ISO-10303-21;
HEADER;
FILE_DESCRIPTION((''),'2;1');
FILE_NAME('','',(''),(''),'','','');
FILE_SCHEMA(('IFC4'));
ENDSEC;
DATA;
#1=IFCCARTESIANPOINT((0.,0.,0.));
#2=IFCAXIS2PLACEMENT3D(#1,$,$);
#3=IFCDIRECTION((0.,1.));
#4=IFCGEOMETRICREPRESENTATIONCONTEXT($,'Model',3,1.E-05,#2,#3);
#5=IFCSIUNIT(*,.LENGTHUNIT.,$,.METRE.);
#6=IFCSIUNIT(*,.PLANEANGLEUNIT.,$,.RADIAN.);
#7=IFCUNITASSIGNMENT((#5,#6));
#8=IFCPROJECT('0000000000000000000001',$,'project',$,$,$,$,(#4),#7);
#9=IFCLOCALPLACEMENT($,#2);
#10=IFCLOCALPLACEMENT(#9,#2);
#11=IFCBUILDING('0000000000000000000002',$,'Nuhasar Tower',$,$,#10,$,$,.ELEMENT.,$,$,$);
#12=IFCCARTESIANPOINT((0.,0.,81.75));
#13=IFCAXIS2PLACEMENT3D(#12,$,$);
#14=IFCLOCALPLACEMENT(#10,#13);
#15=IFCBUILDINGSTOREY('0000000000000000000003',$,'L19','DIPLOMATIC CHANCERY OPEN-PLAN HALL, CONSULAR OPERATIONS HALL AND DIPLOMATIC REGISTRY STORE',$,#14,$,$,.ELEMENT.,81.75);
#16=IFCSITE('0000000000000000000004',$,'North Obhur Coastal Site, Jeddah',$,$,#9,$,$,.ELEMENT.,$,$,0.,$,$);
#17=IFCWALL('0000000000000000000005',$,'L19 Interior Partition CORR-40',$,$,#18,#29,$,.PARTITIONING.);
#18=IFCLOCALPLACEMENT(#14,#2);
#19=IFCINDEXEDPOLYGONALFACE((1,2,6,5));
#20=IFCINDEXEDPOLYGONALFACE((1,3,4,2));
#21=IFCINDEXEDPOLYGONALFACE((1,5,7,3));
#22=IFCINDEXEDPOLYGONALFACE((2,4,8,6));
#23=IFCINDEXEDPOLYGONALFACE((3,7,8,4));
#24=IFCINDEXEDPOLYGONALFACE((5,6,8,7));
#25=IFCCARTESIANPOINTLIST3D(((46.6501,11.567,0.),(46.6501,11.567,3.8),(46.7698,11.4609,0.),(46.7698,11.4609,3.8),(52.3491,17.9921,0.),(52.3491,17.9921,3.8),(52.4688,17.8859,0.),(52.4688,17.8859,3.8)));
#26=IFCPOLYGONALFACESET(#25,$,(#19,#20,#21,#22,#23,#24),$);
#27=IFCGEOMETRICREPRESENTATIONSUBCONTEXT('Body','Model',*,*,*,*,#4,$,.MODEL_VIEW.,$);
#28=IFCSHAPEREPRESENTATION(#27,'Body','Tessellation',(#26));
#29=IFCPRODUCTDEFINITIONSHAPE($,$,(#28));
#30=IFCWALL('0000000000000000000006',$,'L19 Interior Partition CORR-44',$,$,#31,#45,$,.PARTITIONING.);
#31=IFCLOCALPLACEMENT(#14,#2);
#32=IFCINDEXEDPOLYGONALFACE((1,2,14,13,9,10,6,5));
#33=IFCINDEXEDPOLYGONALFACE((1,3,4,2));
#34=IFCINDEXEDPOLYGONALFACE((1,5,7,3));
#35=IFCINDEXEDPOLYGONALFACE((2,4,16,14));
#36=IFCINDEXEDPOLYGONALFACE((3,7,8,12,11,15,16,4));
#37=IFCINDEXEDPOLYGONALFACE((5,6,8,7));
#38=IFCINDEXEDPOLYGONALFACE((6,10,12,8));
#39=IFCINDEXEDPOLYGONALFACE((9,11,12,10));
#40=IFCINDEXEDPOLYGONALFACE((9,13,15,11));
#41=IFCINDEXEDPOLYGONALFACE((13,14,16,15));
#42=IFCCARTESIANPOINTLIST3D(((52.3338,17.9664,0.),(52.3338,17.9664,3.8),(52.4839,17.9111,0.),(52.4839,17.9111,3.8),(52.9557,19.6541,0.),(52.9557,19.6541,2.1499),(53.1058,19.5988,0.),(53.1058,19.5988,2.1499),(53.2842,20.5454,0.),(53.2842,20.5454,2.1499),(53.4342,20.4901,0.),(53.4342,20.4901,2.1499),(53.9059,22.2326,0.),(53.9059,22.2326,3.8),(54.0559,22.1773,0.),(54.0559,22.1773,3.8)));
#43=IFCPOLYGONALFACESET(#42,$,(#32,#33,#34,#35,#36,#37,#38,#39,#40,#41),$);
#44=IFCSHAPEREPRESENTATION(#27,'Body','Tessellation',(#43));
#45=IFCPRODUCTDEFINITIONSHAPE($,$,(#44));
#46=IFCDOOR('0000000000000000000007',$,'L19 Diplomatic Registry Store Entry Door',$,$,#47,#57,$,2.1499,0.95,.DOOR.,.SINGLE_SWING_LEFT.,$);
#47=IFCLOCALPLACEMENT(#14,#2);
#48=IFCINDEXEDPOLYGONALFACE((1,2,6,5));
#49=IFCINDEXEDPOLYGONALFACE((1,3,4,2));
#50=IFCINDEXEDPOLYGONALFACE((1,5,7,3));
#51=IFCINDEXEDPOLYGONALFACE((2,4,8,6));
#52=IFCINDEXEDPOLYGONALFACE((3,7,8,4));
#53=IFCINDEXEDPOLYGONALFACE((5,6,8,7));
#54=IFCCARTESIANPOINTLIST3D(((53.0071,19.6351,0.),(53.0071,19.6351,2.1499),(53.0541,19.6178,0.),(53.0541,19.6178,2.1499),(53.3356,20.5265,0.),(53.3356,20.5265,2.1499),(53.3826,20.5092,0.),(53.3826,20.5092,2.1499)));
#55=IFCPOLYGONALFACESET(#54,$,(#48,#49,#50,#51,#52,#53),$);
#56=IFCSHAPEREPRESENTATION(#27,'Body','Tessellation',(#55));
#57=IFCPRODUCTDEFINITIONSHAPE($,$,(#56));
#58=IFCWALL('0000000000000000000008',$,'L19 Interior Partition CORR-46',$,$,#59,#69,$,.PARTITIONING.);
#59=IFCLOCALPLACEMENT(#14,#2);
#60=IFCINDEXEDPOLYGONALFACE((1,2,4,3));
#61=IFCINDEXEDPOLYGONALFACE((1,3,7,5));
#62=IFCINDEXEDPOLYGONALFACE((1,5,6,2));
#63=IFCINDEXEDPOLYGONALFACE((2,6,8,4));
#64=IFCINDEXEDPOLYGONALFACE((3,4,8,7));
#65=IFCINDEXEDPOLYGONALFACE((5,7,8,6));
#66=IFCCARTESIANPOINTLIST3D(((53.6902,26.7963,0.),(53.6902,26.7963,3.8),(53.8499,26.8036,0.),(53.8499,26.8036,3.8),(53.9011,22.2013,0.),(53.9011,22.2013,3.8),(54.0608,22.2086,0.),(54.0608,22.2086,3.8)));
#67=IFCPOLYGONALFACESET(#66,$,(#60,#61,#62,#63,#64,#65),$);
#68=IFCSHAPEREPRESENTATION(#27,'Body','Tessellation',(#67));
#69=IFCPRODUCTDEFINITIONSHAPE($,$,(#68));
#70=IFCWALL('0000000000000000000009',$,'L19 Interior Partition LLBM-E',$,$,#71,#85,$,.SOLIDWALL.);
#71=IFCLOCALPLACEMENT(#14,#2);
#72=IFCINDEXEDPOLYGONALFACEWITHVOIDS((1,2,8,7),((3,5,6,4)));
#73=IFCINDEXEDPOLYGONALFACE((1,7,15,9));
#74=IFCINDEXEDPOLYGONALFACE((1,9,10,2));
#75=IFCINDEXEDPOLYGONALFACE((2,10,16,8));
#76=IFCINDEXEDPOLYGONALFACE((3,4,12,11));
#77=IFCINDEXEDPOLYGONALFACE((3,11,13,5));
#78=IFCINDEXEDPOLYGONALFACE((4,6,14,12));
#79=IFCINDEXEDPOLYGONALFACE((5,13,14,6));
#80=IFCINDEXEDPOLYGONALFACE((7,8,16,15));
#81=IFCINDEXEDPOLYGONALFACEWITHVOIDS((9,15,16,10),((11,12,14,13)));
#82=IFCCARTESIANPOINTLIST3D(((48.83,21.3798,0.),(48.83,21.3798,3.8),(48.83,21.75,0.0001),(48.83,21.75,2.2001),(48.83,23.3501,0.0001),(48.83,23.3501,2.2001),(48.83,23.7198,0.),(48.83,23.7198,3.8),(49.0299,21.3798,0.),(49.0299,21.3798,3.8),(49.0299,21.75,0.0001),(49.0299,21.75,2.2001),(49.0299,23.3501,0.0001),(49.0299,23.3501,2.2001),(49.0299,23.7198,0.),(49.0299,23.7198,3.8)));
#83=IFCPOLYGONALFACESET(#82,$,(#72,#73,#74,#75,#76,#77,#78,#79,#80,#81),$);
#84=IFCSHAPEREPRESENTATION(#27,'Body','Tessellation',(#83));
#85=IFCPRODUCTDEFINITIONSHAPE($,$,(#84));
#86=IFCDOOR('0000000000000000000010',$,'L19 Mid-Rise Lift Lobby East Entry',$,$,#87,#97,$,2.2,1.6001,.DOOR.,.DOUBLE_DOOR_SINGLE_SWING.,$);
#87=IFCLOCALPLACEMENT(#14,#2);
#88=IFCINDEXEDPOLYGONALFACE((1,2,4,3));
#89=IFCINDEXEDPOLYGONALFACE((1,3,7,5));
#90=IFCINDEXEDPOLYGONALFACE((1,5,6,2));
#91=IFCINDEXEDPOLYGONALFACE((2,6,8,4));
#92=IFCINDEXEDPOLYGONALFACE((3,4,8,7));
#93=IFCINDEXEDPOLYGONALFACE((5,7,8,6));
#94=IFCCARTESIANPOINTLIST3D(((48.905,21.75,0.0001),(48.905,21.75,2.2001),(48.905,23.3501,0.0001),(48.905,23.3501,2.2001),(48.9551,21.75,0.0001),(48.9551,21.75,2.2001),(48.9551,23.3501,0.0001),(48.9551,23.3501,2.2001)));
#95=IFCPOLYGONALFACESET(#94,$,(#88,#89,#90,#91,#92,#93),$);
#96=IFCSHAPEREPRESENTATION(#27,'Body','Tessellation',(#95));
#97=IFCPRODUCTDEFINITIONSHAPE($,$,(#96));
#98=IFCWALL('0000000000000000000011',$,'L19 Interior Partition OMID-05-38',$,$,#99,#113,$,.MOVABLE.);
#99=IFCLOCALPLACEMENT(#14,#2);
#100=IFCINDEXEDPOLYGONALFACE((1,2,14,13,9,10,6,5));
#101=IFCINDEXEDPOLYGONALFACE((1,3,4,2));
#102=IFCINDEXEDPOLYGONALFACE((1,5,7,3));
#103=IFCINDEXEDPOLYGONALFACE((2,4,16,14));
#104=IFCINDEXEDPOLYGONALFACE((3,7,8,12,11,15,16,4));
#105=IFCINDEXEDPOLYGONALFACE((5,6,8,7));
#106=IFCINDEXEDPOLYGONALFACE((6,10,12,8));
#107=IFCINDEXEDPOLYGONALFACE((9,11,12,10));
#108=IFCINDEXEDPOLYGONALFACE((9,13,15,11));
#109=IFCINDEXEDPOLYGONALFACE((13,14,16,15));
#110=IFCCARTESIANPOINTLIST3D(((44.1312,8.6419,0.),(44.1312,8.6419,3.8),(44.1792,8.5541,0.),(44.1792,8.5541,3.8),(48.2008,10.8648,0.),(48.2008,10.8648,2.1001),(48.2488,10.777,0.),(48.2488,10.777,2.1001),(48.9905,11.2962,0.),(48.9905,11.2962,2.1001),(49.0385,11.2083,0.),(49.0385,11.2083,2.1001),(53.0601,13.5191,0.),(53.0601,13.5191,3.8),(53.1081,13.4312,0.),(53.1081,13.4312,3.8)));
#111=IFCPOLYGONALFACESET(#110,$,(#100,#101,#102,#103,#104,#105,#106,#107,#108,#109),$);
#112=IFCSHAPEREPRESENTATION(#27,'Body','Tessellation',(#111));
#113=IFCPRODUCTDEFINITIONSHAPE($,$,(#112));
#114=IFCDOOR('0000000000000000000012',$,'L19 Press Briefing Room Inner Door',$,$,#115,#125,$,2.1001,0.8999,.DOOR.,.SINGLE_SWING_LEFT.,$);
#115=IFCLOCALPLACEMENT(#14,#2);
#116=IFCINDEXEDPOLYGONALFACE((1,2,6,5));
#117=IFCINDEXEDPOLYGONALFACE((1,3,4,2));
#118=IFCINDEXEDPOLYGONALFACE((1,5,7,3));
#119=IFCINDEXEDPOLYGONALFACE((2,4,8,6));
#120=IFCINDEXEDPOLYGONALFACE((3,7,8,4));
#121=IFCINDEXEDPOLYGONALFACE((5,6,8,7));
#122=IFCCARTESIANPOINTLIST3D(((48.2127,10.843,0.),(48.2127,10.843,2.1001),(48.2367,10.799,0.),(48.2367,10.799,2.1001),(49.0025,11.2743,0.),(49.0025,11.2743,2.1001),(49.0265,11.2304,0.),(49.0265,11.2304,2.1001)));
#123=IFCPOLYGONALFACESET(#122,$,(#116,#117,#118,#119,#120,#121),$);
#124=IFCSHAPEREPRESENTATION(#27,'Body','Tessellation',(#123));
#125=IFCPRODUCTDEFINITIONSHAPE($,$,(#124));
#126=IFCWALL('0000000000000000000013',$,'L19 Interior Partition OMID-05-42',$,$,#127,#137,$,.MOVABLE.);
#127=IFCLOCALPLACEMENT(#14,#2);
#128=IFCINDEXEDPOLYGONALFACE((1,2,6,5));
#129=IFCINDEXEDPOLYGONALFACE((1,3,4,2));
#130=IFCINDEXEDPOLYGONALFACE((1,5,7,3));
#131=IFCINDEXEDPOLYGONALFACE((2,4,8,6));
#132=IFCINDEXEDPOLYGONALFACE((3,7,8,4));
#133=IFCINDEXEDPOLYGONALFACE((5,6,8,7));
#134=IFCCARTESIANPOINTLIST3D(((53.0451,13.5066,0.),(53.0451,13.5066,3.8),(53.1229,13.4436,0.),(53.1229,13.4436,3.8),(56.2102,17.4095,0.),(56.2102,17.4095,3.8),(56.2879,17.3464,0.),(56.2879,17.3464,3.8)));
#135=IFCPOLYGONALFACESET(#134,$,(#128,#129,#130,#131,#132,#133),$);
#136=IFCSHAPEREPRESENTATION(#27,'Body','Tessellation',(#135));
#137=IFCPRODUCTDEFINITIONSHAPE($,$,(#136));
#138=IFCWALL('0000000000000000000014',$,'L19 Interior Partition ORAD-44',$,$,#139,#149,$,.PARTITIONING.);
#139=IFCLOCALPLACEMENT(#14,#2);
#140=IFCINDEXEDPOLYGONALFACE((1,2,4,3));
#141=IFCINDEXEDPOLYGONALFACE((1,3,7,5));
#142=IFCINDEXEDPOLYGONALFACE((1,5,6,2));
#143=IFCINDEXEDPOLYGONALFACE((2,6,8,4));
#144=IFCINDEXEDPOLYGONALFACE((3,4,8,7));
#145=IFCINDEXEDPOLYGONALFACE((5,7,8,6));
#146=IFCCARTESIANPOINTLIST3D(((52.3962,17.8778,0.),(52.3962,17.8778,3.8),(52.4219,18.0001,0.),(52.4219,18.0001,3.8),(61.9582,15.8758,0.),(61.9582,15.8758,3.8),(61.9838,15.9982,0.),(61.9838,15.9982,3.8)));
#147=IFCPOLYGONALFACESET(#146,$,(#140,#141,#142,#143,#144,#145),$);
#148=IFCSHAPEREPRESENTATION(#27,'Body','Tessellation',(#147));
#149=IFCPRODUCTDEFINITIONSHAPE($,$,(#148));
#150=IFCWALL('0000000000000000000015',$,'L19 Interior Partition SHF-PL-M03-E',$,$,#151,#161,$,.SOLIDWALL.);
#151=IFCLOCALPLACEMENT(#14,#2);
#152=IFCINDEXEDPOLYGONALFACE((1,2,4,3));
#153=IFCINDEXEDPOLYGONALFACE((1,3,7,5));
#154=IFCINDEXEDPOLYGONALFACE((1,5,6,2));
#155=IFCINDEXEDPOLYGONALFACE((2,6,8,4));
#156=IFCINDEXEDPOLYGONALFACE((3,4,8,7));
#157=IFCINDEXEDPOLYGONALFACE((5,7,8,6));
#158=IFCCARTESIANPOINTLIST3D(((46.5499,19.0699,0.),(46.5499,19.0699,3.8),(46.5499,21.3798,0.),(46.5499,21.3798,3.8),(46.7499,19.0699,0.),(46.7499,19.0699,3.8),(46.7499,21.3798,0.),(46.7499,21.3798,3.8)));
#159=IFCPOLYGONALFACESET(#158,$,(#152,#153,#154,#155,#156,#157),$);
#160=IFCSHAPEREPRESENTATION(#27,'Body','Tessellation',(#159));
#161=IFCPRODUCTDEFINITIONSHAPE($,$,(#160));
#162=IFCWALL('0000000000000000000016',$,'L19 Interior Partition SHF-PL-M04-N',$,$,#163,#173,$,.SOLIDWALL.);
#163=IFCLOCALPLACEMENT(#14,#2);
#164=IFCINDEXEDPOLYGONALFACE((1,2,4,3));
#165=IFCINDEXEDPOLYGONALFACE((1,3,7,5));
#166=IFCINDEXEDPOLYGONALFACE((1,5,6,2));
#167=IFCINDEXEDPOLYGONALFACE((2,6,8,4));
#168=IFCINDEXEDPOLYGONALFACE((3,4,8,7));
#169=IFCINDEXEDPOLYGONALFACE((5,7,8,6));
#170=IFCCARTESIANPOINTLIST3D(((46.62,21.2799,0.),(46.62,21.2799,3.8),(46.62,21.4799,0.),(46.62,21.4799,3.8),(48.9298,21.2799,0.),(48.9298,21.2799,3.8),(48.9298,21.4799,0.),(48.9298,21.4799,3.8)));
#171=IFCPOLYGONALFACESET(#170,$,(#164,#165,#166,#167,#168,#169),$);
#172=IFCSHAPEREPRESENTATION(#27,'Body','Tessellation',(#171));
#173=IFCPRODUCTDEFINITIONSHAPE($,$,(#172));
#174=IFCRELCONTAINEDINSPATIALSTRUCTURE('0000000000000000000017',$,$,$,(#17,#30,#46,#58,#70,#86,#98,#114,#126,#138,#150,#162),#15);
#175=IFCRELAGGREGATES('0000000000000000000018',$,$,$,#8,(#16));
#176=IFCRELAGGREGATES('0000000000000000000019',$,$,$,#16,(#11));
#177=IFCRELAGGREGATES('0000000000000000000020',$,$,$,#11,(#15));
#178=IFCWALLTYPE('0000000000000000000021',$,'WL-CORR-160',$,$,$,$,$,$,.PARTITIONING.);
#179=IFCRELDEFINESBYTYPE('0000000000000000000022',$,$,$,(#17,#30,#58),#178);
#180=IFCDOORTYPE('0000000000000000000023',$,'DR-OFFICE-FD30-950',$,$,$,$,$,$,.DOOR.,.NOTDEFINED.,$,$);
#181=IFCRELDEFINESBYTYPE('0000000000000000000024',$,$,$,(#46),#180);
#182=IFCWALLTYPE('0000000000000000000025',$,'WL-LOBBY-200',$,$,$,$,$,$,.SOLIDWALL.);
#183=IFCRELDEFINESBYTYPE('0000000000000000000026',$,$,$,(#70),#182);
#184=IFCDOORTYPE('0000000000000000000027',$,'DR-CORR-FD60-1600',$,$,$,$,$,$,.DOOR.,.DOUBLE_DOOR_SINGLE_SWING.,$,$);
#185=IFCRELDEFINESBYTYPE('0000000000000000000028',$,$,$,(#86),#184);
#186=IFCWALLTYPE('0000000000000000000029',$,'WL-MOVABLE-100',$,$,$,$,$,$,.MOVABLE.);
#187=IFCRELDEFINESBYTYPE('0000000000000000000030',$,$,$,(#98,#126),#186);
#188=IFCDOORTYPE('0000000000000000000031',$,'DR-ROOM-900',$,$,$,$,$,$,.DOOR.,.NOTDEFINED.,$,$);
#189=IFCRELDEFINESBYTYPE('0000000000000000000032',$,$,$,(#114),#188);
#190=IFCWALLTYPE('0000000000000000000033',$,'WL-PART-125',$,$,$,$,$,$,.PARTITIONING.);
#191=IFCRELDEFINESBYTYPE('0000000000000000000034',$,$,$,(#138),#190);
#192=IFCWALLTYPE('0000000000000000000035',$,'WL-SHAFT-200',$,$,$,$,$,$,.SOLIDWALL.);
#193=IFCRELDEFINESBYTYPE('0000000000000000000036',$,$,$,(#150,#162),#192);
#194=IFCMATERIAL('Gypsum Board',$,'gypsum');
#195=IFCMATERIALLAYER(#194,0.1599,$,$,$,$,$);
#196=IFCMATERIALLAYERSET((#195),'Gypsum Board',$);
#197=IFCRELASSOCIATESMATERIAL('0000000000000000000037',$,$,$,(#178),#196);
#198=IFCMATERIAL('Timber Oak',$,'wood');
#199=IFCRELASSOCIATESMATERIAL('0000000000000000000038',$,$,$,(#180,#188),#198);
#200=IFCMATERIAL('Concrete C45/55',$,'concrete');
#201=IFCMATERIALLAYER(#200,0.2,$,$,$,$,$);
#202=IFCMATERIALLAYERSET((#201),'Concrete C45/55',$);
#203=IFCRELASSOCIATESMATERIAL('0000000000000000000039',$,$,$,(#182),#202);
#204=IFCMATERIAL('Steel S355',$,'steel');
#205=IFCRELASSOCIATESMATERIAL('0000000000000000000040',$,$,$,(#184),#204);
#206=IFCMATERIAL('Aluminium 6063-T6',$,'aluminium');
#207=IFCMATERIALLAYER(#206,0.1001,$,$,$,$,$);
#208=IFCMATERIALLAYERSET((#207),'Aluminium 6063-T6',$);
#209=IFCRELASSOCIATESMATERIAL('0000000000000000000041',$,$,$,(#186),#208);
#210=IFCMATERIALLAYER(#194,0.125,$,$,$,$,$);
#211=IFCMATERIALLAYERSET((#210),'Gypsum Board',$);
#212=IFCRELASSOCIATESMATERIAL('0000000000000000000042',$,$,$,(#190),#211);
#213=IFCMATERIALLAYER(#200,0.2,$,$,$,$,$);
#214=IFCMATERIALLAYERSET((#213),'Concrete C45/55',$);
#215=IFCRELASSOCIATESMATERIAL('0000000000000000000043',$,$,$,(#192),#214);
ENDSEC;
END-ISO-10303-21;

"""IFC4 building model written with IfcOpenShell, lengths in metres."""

from ifc_helpers import new_model, si_unit, direction, frame, frame_2d, origin, place, context, subcontext, project, spatial, rectangle, extrude, material, layer, layer_set, type_object, element, fill, save


model = new_model("IFC4")

# Units and contexts
model_context = context("Model", 3, precision=1e-05, world=origin(), true_north=direction((0.0, 1.0)))
body_context = subcontext(model_context, "Body", "Model", "MODEL_VIEW")
ifc_project = project(units=[si_unit("LENGTHUNIT", "METRE"), si_unit("PLANEANGLEUNIT", "RADIAN")], contexts=[model_context])

# Site, building, storey
site_placement = place(None, origin())
site = spatial("IfcSite", under=ifc_project, at=site_placement, Name="North Obhur Coastal Site, Jeddah", CompositionType="ELEMENT", RefElevation=0.0)
building_placement = place(site_placement, origin())
building = spatial("IfcBuilding", under=site, at=building_placement, Name="Nuhasar Tower", CompositionType="ELEMENT")
storey_placement = place(building_placement, frame((0.0, 0.0, 81.75)))
storey = spatial("IfcBuildingStorey", under=building, at=storey_placement, Name="L19", Description="DIPLOMATIC CHANCERY OPEN-PLAN HALL, CONSULAR OPERATIONS HALL AND DIPLOMATIC REGISTRY STORE", CompositionType="ELEMENT", Elevation=81.75)

# Shared definitions
ifc_material_1 = material(Name="Steel S355", Category="steel")

# Shared definitions
ifc_material_2 = material(Name="Aluminium 6063-T6", Category="aluminium")

# Shared definitions
ifc_material_3 = material(Name="Gypsum Board", Category="gypsum")
ifc_layer_1 = layer(ifc_material_3, 0.1599)
ifc_layer_set_1 = layer_set([ifc_layer_1], Name="Gypsum Board")
wall_type_1 = type_object("IfcWallType", Name="WL-CORR-160", PredefinedType="PARTITIONING", material=ifc_layer_set_1)
ifc_material_4 = material(Name="Timber Oak", Category="wood")
door_type_1 = type_object("IfcDoorType", Name="DR-OFFICE-FD30-950", OperationType="NOTDEFINED", PredefinedType="DOOR", material=ifc_material_4)

# Wall
wall_1_placement = place(storey_placement, frame((46.71, 11.5139, 0.0), z_axis=(0.0, 0.0, 1.0), x_axis=(0.663571, 0.748113, 0.0)))
element("IfcWall", 1, at=wall_1_placement, inside=storey, type_object=wall_type_1, Name="L19 Interior Partition CORR-40", PredefinedType="PARTITIONING", context=body_context, shape_type="SweptSolid", body=[
    extrude(rectangle(XDim=8.5884, YDim=0.1599, at=frame_2d((4.2942, 0.0))), origin(), (0.0, 0.0, 1.0), 3.8),
])

# Wall, opening, door
wall_2_placement = place(storey_placement, frame((53.981, 22.2051, 0.0), z_axis=(0.0, 0.0, 1.0), x_axis=(-0.345763, -0.938322, 0.0)))
wall_2 = element("IfcWall", 2, at=wall_2_placement, inside=storey, type_object=wall_type_1, Name="L19 Interior Partition CORR-44", PredefinedType="PARTITIONING", context=body_context, shape_type="SweptSolid", body=[
    extrude(rectangle(XDim=4.5466, YDim=0.1599, at=frame_2d((2.2734, 0.0))), origin(), (0.0, 0.0, 1.0), 3.8),
])
opening_1_placement = place(wall_2_placement, frame((1.7981, 0.0, 0.0)))
opening_1 = element("IfcOpeningElement", 3, at=opening_1_placement, cuts=wall_2, PredefinedType="OPENING", context=body_context, shape_type="SweptSolid", body=[
    extrude(rectangle(XDim=0.95, YDim=2.1499, at=frame_2d((0.4751, 1.075))), frame((0.0, 0.0898, 0.0), z_axis=(0.0, -1.0, 0.0), x_axis=(1.0, 0.0, 0.0)), (0.0, 0.0, 1.0), 0.1799),
])
door_1_placement = place(opening_1_placement, origin())
door_1 = element("IfcDoor", 4, at=door_1_placement, inside=storey, type_object=door_type_1, Name="L19 Diplomatic Registry Store Entry Door", OperationType="SINGLE_SWING_LEFT", OverallHeight=2.1499, OverallWidth=0.95, PredefinedType="DOOR", context=body_context, shape_type="SweptSolid", body=[
    extrude(rectangle(XDim=0.95, YDim=2.1499, at=frame_2d((0.4751, 1.075))), frame((0.0, 0.0249, 0.0), z_axis=(0.0, -1.0, 0.0), x_axis=(1.0, 0.0, 0.0)), (0.0, 0.0, 1.0), 0.05),
])
fill(opening_1, door_1)

# Wall
wall_3_placement = place(storey_placement, frame((53.981, 22.2051, 0.0), z_axis=(0.0, 0.0, 1.0), x_axis=(-0.045858, 0.998948, 0.0)))
element("IfcWall", 5, at=wall_3_placement, inside=storey, type_object=wall_type_1, Name="L19 Interior Partition CORR-46", PredefinedType="PARTITIONING", context=body_context, shape_type="SweptSolid", body=[
    extrude(rectangle(XDim=4.5999, YDim=0.1599, at=frame_2d((2.2998, 0.0))), origin(), (0.0, 0.0, 1.0), 3.8),
])

# Walls, openings, doors
ifc_material_5 = material(Name="Concrete C45/55", Category="concrete")
ifc_layer_2 = layer(ifc_material_5, 0.2)
ifc_layer_set_2 = layer_set([ifc_layer_2], Name="Concrete C45/55")
wall_type_2 = type_object("IfcWallType", Name="WL-LOBBY-200", PredefinedType="SOLIDWALL", material=ifc_layer_set_2)
wall_4_placement = place(storey_placement, frame((48.9299, 21.3799, 0.0), z_axis=(0.0, 0.0, 1.0), x_axis=(0.0, 1.0, 0.0)))
wall_4 = element("IfcWall", 6, at=wall_4_placement, inside=storey, type_object=wall_type_2, Name="L19 Interior Partition LLBM-E", PredefinedType="SOLIDWALL", context=body_context, shape_type="SweptSolid", body=[
    extrude(rectangle(XDim=2.3401, YDim=0.2, at=frame_2d((1.1699, 0.0))), origin(), (0.0, 0.0, 1.0), 3.8),
])
opening_2_placement = place(wall_4_placement, frame((0.3701, 0.0, 0.0)))
opening_2 = element("IfcOpeningElement", 7, at=opening_2_placement, cuts=wall_4, PredefinedType="OPENING", context=body_context, shape_type="SweptSolid", body=[
    extrude(rectangle(XDim=1.6001, YDim=2.2, at=frame_2d((0.8, 1.1001))), frame((0.0, 0.1099, 0.0), z_axis=(0.0, -1.0, 0.0), x_axis=(1.0, 0.0, 0.0)), (0.0, 0.0, 1.0), 0.22),
])
door_type_2 = type_object("IfcDoorType", Name="DR-CORR-FD60-1600", OperationType="DOUBLE_DOOR_SINGLE_SWING", PredefinedType="DOOR", material=ifc_material_1)
door_2_placement = place(opening_2_placement, origin())
door_2 = element("IfcDoor", 8, at=door_2_placement, inside=storey, type_object=door_type_2, Name="L19 Mid-Rise Lift Lobby East Entry", OperationType="DOUBLE_DOOR_SINGLE_SWING", OverallHeight=2.2, OverallWidth=1.6001, PredefinedType="DOOR", context=body_context, shape_type="SweptSolid", body=[
    extrude(rectangle(XDim=1.6001, YDim=2.2, at=frame_2d((0.8, 1.1001))), frame((0.0, 0.0249, 0.0), z_axis=(0.0, -1.0, 0.0), x_axis=(1.0, 0.0, 0.0)), (0.0, 0.0, 1.0), 0.05),
])
fill(opening_2, door_2)
ifc_layer_3 = layer(ifc_material_2, 0.1001)
ifc_layer_set_3 = layer_set([ifc_layer_3], Name="Aluminium 6063-T6")
wall_type_3 = type_object("IfcWallType", Name="WL-MOVABLE-100", PredefinedType="MOVABLE", material=ifc_layer_set_3)
wall_5_placement = place(storey_placement, frame((53.084, 13.4751, 0.0), z_axis=(0.0, 0.0, 1.0), x_axis=(-0.877612, -0.479372, 0.0)))
wall_5 = element("IfcWall", 9, at=wall_5_placement, inside=storey, type_object=wall_type_3, Name="L19 Interior Partition OMID-05-38", PredefinedType="MOVABLE", context=body_context, shape_type="SweptSolid", body=[
    extrude(rectangle(XDim=10.1741, YDim=0.1001, at=frame_2d((5.0869, 0.0))), origin(), (0.0, 0.0, 1.0), 3.8),
])
opening_3_placement = place(wall_5_placement, frame((4.637, 0.0, 0.0)))
opening_3 = element("IfcOpeningElement", 10, at=opening_3_placement, cuts=wall_5, PredefinedType="OPENING", context=body_context, shape_type="SweptSolid", body=[
    extrude(rectangle(XDim=0.8999, YDim=2.1001, at=frame_2d((0.45, 1.05))), frame((0.0, 0.0601, 0.0), z_axis=(0.0, -1.0, 0.0), x_axis=(1.0, 0.0, 0.0)), (0.0, 0.0, 1.0), 0.1201),
])
door_type_3 = type_object("IfcDoorType", Name="DR-ROOM-900", OperationType="NOTDEFINED", PredefinedType="DOOR", material=ifc_material_4)
door_3_placement = place(opening_3_placement, origin())
door_3 = element("IfcDoor", 11, at=door_3_placement, inside=storey, type_object=door_type_3, Name="L19 Press Briefing Room Inner Door", OperationType="SINGLE_SWING_LEFT", OverallHeight=2.1001, OverallWidth=0.8999, PredefinedType="DOOR", context=body_context, shape_type="SweptSolid", body=[
    extrude(rectangle(XDim=0.8999, YDim=2.1001, at=frame_2d((0.45, 1.05))), frame((0.0, 0.0249, 0.0), z_axis=(0.0, -1.0, 0.0), x_axis=(1.0, 0.0, 0.0)), (0.0, 0.0, 1.0), 0.05),
])
fill(opening_3, door_3)

# Walls
wall_6_placement = place(storey_placement, frame((53.084, 13.4751, 0.0), z_axis=(0.0, 0.0, 1.0), x_axis=(0.629872, 0.776699, 0.0)))
element("IfcWall", 12, at=wall_6_placement, inside=storey, type_object=wall_type_3, Name="L19 Interior Partition OMID-05-42", PredefinedType="MOVABLE", context=body_context, shape_type="SweptSolid", body=[
    extrude(rectangle(XDim=5.0249, YDim=0.1001, at=frame_2d((2.5125, 0.0))), origin(), (0.0, 0.0, 1.0), 3.8),
])
ifc_layer_4 = layer(ifc_material_3, 0.125)
ifc_layer_set_4 = layer_set([ifc_layer_4], Name="Gypsum Board")
wall_type_4 = type_object("IfcWallType", Name="WL-PART-125", PredefinedType="PARTITIONING", material=ifc_layer_set_4)
wall_7_placement = place(storey_placement, frame((52.4089, 17.939, 0.0), z_axis=(0.0, 0.0, 1.0), x_axis=(0.978778, -0.204922, 0.0)))
element("IfcWall", 13, at=wall_7_placement, inside=storey, type_object=wall_type_4, Name="L19 Interior Partition ORAD-44", PredefinedType="PARTITIONING", context=body_context, shape_type="SweptSolid", body=[
    extrude(rectangle(XDim=9.7693, YDim=0.125, at=frame_2d((4.8848, 0.0))), origin(), (0.0, 0.0, 1.0), 3.8),
])
ifc_layer_5 = layer(ifc_material_5, 0.2)
ifc_layer_set_5 = layer_set([ifc_layer_5], Name="Concrete C45/55")
wall_type_5 = type_object("IfcWallType", Name="WL-SHAFT-200", PredefinedType="SOLIDWALL", material=ifc_layer_set_5)
for number, where, z_axis, x_axis, name in (
    (14, (46.6499, 19.0701, 0.0), (0.0, 0.0, 1.0), (0.0, 1.0, 0.0), "L19 Interior Partition SHF-PL-M03-E"),
    (15, (46.6201, 21.3799, 0.0), (0.0, 0.0, 1.0), (1.0, 0.0, 0.0), "L19 Interior Partition SHF-PL-M04-N"),
):
    element("IfcWall", number, at=place(storey_placement, frame(where, z_axis=z_axis, x_axis=x_axis)), inside=storey, type_object=wall_type_5, Name=name, PredefinedType="SOLIDWALL", context=body_context, shape_type="SweptSolid", body=[
        extrude(rectangle(XDim=2.3098, YDim=0.2, at=frame_2d((1.1548, 0.0))), origin(), (0.0, 0.0, 1.0), 3.8),
    ])

save(model, "model.ifc")
